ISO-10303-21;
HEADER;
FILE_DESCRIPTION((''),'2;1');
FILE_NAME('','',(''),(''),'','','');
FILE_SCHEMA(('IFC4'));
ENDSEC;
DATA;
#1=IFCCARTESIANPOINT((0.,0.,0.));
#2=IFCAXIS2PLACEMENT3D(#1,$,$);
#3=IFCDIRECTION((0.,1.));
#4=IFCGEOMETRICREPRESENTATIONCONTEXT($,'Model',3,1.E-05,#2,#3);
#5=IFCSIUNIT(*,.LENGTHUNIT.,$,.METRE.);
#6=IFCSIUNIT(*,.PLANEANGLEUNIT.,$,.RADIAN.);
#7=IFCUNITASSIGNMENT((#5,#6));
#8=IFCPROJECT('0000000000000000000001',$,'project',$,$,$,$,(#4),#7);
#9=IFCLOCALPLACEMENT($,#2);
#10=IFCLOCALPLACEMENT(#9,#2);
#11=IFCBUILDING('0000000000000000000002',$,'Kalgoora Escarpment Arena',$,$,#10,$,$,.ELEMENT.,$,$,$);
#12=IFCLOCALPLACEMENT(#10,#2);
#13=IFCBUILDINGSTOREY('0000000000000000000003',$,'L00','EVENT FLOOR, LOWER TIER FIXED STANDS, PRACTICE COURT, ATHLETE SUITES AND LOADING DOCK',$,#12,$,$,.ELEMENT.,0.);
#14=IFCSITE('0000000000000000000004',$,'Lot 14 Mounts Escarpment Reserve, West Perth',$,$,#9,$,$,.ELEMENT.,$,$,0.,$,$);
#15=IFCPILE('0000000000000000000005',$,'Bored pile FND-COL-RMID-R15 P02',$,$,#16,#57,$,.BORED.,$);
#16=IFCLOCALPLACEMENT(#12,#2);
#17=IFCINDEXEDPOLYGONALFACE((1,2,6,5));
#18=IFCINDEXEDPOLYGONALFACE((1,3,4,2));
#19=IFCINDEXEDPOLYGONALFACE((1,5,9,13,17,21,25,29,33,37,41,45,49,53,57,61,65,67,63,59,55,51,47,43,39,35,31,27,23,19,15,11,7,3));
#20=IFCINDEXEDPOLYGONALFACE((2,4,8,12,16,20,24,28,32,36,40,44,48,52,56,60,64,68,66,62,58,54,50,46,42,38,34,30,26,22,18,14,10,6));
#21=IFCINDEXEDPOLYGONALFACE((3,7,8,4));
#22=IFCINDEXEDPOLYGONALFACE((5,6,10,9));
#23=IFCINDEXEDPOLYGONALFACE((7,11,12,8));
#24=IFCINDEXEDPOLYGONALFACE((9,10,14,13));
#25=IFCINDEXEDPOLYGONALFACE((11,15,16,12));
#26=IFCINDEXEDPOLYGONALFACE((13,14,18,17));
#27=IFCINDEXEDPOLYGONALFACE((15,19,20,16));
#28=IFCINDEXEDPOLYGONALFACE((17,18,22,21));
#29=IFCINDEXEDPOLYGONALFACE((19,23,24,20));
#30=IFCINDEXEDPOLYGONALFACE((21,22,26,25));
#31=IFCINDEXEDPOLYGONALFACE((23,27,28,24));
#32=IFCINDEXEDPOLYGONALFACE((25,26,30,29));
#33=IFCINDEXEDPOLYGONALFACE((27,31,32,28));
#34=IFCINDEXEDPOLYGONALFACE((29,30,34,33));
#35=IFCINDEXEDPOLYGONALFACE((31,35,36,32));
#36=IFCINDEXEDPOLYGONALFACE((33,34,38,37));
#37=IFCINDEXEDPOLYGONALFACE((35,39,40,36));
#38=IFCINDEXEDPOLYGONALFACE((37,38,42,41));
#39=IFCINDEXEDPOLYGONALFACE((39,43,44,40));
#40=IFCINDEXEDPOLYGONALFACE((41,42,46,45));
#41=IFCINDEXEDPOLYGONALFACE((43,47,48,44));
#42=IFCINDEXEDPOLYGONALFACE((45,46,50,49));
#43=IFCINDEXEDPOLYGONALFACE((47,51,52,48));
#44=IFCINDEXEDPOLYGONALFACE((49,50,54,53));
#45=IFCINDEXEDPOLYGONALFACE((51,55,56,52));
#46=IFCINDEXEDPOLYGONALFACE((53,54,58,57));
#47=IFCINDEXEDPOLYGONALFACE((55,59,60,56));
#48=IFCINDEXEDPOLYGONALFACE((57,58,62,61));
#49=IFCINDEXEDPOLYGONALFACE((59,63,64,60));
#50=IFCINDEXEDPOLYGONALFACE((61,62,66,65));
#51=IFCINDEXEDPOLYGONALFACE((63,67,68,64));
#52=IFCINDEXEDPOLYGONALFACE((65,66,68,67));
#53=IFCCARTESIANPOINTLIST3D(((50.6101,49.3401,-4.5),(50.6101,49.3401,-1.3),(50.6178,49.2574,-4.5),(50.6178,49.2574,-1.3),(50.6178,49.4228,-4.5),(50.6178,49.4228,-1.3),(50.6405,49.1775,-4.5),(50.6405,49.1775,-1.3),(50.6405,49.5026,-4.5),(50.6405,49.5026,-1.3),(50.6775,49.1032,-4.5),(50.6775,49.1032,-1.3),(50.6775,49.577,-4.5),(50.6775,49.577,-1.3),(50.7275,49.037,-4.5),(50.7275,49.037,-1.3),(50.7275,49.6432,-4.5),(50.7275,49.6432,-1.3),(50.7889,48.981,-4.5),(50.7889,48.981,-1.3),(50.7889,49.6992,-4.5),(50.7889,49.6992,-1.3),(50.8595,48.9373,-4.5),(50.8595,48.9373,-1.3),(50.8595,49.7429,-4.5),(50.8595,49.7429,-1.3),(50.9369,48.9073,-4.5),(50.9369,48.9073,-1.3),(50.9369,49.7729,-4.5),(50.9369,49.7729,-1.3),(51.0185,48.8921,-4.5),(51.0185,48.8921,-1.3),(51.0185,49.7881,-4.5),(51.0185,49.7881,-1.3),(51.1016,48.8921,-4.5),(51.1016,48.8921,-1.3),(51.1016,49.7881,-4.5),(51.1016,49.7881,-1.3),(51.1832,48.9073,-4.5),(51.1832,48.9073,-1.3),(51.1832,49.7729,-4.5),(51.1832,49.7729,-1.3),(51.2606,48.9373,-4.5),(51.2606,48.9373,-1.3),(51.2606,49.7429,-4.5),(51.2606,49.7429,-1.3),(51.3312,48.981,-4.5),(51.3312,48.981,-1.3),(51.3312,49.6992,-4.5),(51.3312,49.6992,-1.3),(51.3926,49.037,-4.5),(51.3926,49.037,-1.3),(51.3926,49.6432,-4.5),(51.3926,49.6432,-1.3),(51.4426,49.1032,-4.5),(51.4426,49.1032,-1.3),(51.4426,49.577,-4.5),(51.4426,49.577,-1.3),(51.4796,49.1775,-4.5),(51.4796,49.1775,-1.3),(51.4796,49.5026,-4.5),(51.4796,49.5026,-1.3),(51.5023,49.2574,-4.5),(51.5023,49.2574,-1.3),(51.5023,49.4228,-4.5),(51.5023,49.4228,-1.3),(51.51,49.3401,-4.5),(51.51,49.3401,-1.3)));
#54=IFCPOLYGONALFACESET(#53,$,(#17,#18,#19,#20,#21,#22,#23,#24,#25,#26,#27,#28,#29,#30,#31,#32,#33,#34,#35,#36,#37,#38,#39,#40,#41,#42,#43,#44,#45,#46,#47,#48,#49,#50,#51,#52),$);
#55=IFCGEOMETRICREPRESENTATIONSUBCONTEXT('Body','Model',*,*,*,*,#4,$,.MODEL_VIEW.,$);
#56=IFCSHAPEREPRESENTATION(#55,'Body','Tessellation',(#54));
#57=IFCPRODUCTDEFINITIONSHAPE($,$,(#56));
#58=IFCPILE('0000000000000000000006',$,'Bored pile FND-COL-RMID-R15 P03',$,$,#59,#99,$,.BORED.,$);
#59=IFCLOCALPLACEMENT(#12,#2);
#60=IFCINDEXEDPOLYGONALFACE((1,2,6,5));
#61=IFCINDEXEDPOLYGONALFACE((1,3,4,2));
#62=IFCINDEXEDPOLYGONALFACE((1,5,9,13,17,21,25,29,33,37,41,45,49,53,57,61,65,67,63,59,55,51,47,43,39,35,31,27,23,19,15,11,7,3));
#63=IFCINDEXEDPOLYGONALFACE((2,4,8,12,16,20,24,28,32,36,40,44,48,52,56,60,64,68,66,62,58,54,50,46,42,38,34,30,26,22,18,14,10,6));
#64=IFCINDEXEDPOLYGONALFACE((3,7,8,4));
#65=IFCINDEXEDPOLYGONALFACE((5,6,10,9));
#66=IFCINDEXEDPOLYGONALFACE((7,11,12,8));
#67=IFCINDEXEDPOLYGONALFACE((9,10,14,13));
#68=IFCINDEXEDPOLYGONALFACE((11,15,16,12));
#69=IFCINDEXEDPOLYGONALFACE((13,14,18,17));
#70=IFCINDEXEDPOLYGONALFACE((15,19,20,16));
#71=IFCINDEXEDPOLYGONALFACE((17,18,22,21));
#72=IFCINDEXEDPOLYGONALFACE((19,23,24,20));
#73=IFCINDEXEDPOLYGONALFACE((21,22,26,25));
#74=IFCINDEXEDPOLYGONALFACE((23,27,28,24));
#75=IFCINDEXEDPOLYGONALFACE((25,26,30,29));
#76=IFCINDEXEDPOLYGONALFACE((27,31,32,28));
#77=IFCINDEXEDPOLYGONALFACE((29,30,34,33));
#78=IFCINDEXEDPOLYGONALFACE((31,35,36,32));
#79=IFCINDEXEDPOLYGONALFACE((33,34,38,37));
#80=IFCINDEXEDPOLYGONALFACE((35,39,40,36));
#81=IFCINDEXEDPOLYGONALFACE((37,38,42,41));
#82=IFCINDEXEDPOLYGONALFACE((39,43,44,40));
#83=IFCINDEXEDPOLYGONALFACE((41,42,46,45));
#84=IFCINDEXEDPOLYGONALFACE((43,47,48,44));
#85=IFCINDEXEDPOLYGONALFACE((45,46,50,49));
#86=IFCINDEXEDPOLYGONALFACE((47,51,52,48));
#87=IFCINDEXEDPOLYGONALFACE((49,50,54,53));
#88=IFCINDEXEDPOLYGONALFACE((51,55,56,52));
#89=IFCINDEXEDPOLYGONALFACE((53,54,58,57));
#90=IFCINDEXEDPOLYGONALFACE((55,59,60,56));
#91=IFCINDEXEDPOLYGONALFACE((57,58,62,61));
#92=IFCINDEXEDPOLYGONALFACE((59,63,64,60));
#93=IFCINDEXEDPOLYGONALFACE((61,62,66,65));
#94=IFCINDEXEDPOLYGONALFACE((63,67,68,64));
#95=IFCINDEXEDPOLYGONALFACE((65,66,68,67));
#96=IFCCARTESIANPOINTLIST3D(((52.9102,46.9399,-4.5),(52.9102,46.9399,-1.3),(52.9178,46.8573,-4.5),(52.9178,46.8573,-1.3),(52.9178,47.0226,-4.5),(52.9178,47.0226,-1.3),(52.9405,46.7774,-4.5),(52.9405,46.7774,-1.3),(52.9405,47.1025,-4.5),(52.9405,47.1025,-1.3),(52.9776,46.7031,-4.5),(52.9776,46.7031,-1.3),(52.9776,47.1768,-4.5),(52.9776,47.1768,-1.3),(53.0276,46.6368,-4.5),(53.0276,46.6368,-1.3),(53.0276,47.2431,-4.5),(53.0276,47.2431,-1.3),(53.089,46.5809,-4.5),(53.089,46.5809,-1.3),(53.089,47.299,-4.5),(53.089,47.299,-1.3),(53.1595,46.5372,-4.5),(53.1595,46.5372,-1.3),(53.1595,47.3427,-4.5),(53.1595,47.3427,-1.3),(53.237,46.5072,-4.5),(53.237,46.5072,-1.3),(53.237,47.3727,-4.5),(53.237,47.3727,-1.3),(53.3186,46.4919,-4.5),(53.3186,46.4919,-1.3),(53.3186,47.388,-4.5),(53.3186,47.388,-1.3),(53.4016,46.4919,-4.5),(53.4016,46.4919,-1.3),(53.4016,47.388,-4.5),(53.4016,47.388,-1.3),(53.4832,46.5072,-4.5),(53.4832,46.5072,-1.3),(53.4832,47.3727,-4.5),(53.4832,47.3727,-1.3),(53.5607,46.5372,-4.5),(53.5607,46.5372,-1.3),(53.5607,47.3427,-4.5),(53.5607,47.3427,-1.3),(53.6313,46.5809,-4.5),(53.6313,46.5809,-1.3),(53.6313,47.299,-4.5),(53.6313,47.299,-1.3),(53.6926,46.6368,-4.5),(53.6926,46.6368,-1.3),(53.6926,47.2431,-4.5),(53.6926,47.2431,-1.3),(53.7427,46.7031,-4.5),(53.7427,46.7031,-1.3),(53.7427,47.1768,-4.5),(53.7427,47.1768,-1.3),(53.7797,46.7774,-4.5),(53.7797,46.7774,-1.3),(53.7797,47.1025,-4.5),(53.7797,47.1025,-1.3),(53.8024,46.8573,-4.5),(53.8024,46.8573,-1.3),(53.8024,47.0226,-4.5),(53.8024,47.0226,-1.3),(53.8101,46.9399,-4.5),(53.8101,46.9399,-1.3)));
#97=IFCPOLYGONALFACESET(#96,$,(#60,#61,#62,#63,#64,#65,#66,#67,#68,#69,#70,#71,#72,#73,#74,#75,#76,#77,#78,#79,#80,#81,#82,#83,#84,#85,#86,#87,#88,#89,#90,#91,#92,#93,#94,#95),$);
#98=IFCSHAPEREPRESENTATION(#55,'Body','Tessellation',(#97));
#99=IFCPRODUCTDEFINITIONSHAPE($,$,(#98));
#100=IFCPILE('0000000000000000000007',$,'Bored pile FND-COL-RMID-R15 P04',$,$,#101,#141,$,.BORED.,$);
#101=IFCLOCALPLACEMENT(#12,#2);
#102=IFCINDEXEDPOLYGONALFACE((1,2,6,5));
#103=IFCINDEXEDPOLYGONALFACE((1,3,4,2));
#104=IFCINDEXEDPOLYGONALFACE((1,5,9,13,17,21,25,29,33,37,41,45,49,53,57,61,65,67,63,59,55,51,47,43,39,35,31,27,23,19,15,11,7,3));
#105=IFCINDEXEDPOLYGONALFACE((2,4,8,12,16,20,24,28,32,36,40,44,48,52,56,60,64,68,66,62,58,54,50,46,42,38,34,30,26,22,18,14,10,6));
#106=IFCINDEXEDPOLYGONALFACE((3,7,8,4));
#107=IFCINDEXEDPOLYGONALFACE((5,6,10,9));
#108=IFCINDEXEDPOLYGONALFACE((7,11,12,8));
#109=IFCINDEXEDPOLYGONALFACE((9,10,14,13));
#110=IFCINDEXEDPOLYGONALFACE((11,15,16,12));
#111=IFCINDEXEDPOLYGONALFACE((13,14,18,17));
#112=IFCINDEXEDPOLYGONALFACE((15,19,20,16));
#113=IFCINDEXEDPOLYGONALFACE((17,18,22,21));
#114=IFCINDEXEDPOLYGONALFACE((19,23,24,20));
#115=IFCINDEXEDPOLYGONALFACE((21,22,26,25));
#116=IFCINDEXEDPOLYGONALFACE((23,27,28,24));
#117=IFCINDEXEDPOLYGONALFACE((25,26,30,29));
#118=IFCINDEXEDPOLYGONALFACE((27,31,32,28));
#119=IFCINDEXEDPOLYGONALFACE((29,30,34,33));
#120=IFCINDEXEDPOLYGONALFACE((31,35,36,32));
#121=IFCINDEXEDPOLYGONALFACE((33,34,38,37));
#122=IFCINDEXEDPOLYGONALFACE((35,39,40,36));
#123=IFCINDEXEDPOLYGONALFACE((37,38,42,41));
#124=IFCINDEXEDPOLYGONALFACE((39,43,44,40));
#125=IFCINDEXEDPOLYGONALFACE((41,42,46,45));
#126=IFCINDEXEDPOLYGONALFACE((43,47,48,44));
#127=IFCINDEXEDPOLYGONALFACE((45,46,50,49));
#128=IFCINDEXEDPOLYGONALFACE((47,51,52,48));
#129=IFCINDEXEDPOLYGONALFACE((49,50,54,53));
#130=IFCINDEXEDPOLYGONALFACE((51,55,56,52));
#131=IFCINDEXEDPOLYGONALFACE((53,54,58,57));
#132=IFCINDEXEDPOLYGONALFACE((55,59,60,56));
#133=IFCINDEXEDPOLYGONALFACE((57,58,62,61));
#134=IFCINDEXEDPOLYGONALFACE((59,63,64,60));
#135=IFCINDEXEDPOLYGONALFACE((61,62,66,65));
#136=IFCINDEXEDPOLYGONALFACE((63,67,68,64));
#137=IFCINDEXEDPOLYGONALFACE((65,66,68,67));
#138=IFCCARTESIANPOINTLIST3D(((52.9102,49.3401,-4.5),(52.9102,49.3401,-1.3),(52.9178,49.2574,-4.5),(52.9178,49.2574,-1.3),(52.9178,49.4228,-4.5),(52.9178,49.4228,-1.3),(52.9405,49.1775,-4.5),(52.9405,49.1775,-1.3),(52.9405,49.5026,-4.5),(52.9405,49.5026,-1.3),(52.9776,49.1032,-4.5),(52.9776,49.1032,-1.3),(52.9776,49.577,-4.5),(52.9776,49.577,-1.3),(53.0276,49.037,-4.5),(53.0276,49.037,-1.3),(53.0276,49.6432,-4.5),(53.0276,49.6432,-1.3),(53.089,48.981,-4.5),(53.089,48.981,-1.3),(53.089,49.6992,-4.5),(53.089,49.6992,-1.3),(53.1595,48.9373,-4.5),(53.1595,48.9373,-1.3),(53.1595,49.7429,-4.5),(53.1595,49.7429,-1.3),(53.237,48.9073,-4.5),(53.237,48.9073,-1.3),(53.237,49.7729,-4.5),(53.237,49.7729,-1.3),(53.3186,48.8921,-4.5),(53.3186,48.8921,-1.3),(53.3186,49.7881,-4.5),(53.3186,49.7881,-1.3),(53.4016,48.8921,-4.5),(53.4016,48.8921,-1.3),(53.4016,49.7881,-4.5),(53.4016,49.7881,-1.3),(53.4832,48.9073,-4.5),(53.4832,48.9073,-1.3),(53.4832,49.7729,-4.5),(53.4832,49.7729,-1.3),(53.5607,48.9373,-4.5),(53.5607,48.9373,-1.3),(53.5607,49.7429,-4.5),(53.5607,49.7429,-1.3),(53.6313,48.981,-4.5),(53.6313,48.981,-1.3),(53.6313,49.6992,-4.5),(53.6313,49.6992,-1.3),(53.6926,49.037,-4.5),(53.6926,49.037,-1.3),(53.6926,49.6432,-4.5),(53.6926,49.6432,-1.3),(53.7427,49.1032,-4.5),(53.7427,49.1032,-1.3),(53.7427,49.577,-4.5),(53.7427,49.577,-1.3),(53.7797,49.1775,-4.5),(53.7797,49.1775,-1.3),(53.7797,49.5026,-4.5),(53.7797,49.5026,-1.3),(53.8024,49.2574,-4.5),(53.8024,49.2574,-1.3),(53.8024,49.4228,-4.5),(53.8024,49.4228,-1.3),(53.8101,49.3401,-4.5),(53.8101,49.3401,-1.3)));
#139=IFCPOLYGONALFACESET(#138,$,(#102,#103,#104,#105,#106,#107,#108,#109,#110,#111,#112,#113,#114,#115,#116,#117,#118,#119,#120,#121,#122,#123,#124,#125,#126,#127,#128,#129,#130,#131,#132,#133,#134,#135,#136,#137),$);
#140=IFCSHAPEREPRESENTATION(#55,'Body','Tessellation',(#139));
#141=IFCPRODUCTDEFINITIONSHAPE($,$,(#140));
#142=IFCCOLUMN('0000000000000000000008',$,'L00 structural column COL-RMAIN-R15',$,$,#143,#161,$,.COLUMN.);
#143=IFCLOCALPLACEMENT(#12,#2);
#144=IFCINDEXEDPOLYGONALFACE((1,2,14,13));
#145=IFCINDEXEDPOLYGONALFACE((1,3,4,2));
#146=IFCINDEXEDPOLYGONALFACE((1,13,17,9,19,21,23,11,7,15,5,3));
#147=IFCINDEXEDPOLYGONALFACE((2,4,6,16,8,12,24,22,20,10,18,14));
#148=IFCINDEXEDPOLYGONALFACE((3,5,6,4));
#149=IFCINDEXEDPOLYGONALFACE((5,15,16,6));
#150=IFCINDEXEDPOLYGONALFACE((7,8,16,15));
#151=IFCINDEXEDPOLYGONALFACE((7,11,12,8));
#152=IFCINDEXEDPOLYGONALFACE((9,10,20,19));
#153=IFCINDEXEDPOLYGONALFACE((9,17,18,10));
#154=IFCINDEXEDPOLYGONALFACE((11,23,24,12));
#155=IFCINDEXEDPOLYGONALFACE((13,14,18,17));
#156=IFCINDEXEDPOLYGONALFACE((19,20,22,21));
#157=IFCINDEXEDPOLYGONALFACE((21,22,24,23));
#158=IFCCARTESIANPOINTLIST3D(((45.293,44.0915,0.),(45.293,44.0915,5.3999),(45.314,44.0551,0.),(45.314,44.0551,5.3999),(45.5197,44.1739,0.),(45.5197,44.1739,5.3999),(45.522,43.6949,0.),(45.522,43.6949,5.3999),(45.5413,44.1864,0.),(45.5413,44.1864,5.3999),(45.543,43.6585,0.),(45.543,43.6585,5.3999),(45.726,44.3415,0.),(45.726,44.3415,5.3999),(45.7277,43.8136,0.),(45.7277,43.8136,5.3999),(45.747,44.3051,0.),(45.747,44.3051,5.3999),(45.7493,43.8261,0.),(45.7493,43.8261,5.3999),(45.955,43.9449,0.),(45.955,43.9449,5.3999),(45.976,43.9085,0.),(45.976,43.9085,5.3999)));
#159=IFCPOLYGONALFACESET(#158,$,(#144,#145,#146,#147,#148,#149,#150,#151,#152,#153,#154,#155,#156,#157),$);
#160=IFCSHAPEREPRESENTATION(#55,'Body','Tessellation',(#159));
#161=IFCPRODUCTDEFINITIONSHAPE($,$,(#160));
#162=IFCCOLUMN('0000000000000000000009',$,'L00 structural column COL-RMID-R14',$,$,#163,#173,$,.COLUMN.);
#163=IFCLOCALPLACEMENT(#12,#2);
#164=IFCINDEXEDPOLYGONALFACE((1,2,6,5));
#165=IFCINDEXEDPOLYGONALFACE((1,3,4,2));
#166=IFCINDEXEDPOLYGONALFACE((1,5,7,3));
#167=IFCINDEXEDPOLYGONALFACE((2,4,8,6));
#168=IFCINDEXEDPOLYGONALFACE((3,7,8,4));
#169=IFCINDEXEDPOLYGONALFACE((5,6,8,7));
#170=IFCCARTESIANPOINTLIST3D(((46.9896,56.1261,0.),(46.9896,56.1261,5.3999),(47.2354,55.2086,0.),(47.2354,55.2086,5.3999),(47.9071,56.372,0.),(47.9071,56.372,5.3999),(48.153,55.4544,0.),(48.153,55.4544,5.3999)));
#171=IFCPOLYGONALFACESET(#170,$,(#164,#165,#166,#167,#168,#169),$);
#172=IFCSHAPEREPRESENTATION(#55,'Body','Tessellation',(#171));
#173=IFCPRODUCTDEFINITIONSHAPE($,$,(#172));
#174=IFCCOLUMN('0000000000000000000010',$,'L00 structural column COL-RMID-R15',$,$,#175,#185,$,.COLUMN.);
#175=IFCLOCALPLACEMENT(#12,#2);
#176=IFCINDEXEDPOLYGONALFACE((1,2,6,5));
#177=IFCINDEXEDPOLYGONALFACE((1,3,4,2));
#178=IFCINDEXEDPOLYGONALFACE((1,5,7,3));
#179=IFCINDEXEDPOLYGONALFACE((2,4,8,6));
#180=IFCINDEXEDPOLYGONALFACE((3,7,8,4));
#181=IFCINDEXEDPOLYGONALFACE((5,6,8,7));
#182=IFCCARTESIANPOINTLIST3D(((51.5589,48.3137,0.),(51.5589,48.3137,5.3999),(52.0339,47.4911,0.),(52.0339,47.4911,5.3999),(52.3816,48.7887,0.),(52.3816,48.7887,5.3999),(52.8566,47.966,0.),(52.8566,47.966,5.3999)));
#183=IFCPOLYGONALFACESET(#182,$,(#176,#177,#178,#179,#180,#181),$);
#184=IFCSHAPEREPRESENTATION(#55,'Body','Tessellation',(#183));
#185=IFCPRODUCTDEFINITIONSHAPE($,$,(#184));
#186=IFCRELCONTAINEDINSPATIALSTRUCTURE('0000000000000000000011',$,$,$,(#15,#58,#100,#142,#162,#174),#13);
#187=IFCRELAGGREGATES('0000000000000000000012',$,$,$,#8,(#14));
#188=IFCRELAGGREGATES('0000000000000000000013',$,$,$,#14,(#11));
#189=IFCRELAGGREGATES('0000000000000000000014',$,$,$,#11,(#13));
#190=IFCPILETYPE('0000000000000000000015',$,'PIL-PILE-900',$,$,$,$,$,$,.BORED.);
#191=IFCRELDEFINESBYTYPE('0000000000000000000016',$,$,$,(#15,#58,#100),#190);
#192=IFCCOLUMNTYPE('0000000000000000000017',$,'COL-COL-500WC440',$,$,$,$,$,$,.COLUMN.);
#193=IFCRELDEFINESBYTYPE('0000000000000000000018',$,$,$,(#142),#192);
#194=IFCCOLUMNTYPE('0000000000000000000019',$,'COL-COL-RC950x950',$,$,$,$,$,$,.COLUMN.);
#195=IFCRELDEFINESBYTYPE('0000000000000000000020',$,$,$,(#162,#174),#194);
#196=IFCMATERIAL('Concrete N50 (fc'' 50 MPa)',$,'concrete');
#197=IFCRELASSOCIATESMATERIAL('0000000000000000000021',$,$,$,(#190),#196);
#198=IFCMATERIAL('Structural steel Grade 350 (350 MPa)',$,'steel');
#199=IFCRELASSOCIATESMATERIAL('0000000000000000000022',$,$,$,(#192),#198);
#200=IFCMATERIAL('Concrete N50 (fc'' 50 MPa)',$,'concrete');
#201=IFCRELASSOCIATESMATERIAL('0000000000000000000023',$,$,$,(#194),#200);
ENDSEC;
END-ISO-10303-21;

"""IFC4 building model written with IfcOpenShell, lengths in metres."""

from ifc_helpers import new_model, si_unit, direction, frame, origin, origin_2d, place, context, subcontext, project, spatial, rectangle, circle, i_section, extrude, material, material_profile, profile_set, type_object, element, save


model = new_model("IFC4")

# Units and contexts
model_context = context("Model", 3, precision=1e-05, world=origin(), true_north=direction((0.0, 1.0)))
body_context = subcontext(model_context, "Body", "Model", "MODEL_VIEW")
ifc_project = project(units=[si_unit("LENGTHUNIT", "METRE"), si_unit("PLANEANGLEUNIT", "RADIAN")], contexts=[model_context])

# Site, building, storey
site_placement = place(None, origin())
site = spatial("IfcSite", under=ifc_project, at=site_placement, Name="Lot 14 Mounts Escarpment Reserve, West Perth", CompositionType="ELEMENT", RefElevation=0.0)
building_placement = place(site_placement, origin())
building = spatial("IfcBuilding", under=site, at=building_placement, Name="Kalgoora Escarpment Arena", CompositionType="ELEMENT")
storey_placement = place(building_placement, origin())
storey = spatial("IfcBuildingStorey", under=building, at=storey_placement, Name="L00", Description="EVENT FLOOR, LOWER TIER FIXED STANDS, PRACTICE COURT, ATHLETE SUITES AND LOADING DOCK", CompositionType="ELEMENT", Elevation=0.0)

# Piles
ifc_material_1 = material(Name="Concrete N50 (fc' 50 MPa)", Category="concrete")
ifc_material_profile_1 = material_profile(ifc_material_1, circle(Radius=0.45, at=origin_2d()))
ifc_profile_set_1 = profile_set([ifc_material_profile_1], Name="Concrete N50 (fc' 50 MPa)")
pile_type_1 = type_object("IfcPileType", Name="PIL-PILE-900", PredefinedType="BORED", material=ifc_profile_set_1)
for number, where, z_axis, x_axis, name in (
    (1, (51.0601, 49.3401, -1.3), (0.0, 0.0, -1.0), (1.0, 0.0, 0.0), "Bored pile FND-COL-RMID-R15 P02"),
    (2, (53.3601, 46.9399, -1.3), (0.0, 0.0, -1.0), (1.0, 0.0, 0.0), "Bored pile FND-COL-RMID-R15 P03"),
    (3, (53.3601, 49.3401, -1.3), (0.0, 0.0, -1.0), (1.0, 0.0, 0.0), "Bored pile FND-COL-RMID-R15 P04"),
):
    element("IfcPile", number, at=place(storey_placement, frame(where, z_axis=z_axis, x_axis=x_axis)), inside=storey, type_object=pile_type_1, Name=name, PredefinedType="BORED", context=body_context, shape_type="SweptSolid", body=[
        extrude(circle(Radius=0.45, at=origin_2d()), origin(), (0.0, 0.0, 1.0), 3.2),
    ])

# Columns
ifc_material_2 = material(Name="Structural steel Grade 350 (350 MPa)", Category="steel")
ifc_material_profile_2 = material_profile(ifc_material_2, i_section(OverallWidth=0.5, OverallDepth=0.5, WebThickness=0.0249, FlangeThickness=0.042, at=origin_2d()))
ifc_profile_set_2 = profile_set([ifc_material_profile_2], Name="Structural steel Grade 350 (350 MPa)")
column_type_1 = type_object("IfcColumnType", Name="COL-COL-500WC440", PredefinedType="COLUMN", material=ifc_profile_set_2)
column_placement = place(storey_placement, frame((45.6345, 44.0, 0.0), z_axis=(0.0, 0.0, 1.0), x_axis=(-0.866025, -0.5, 0.0)))
element("IfcColumn", 4, at=column_placement, inside=storey, type_object=column_type_1, Name="L00 structural column COL-RMAIN-R15", PredefinedType="COLUMN", context=body_context, shape_type="SweptSolid", body=[
    extrude(i_section(OverallWidth=0.5, OverallDepth=0.5, WebThickness=0.0249, FlangeThickness=0.042, at=origin_2d()), origin(), (0.0, 0.0, 1.0), 5.3999),
])
ifc_material_3 = material(Name="Concrete N50 (fc' 50 MPa)", Category="concrete")
ifc_material_profile_3 = material_profile(ifc_material_3, rectangle(XDim=0.95, YDim=0.95, at=origin_2d()))
ifc_profile_set_3 = profile_set([ifc_material_profile_3], Name="Concrete N50 (fc' 50 MPa)")
column_type_2 = type_object("IfcColumnType", Name="COL-COL-RC950x950", PredefinedType="COLUMN", material=ifc_profile_set_3)
for number, where, z_axis, x_axis, name in (
    (5, (47.5713, 55.7903, 0.0), (0.0, 0.0, 1.0), (-0.965926, -0.258819, 0.0), "L00 structural column COL-RMID-R14"),
    (6, (52.2078, 48.1399, 0.0), (0.0, 0.0, 1.0), (-0.866025, -0.5, 0.0), "L00 structural column COL-RMID-R15"),
):
    element("IfcColumn", number, at=place(storey_placement, frame(where, z_axis=z_axis, x_axis=x_axis)), inside=storey, type_object=column_type_2, Name=name, PredefinedType="COLUMN", context=body_context, shape_type="SweptSolid", body=[
        extrude(rectangle(XDim=0.95, YDim=0.95, at=origin_2d()), origin(), (0.0, 0.0, 1.0), 5.3999),
    ])

save(model, "model.ifc")
